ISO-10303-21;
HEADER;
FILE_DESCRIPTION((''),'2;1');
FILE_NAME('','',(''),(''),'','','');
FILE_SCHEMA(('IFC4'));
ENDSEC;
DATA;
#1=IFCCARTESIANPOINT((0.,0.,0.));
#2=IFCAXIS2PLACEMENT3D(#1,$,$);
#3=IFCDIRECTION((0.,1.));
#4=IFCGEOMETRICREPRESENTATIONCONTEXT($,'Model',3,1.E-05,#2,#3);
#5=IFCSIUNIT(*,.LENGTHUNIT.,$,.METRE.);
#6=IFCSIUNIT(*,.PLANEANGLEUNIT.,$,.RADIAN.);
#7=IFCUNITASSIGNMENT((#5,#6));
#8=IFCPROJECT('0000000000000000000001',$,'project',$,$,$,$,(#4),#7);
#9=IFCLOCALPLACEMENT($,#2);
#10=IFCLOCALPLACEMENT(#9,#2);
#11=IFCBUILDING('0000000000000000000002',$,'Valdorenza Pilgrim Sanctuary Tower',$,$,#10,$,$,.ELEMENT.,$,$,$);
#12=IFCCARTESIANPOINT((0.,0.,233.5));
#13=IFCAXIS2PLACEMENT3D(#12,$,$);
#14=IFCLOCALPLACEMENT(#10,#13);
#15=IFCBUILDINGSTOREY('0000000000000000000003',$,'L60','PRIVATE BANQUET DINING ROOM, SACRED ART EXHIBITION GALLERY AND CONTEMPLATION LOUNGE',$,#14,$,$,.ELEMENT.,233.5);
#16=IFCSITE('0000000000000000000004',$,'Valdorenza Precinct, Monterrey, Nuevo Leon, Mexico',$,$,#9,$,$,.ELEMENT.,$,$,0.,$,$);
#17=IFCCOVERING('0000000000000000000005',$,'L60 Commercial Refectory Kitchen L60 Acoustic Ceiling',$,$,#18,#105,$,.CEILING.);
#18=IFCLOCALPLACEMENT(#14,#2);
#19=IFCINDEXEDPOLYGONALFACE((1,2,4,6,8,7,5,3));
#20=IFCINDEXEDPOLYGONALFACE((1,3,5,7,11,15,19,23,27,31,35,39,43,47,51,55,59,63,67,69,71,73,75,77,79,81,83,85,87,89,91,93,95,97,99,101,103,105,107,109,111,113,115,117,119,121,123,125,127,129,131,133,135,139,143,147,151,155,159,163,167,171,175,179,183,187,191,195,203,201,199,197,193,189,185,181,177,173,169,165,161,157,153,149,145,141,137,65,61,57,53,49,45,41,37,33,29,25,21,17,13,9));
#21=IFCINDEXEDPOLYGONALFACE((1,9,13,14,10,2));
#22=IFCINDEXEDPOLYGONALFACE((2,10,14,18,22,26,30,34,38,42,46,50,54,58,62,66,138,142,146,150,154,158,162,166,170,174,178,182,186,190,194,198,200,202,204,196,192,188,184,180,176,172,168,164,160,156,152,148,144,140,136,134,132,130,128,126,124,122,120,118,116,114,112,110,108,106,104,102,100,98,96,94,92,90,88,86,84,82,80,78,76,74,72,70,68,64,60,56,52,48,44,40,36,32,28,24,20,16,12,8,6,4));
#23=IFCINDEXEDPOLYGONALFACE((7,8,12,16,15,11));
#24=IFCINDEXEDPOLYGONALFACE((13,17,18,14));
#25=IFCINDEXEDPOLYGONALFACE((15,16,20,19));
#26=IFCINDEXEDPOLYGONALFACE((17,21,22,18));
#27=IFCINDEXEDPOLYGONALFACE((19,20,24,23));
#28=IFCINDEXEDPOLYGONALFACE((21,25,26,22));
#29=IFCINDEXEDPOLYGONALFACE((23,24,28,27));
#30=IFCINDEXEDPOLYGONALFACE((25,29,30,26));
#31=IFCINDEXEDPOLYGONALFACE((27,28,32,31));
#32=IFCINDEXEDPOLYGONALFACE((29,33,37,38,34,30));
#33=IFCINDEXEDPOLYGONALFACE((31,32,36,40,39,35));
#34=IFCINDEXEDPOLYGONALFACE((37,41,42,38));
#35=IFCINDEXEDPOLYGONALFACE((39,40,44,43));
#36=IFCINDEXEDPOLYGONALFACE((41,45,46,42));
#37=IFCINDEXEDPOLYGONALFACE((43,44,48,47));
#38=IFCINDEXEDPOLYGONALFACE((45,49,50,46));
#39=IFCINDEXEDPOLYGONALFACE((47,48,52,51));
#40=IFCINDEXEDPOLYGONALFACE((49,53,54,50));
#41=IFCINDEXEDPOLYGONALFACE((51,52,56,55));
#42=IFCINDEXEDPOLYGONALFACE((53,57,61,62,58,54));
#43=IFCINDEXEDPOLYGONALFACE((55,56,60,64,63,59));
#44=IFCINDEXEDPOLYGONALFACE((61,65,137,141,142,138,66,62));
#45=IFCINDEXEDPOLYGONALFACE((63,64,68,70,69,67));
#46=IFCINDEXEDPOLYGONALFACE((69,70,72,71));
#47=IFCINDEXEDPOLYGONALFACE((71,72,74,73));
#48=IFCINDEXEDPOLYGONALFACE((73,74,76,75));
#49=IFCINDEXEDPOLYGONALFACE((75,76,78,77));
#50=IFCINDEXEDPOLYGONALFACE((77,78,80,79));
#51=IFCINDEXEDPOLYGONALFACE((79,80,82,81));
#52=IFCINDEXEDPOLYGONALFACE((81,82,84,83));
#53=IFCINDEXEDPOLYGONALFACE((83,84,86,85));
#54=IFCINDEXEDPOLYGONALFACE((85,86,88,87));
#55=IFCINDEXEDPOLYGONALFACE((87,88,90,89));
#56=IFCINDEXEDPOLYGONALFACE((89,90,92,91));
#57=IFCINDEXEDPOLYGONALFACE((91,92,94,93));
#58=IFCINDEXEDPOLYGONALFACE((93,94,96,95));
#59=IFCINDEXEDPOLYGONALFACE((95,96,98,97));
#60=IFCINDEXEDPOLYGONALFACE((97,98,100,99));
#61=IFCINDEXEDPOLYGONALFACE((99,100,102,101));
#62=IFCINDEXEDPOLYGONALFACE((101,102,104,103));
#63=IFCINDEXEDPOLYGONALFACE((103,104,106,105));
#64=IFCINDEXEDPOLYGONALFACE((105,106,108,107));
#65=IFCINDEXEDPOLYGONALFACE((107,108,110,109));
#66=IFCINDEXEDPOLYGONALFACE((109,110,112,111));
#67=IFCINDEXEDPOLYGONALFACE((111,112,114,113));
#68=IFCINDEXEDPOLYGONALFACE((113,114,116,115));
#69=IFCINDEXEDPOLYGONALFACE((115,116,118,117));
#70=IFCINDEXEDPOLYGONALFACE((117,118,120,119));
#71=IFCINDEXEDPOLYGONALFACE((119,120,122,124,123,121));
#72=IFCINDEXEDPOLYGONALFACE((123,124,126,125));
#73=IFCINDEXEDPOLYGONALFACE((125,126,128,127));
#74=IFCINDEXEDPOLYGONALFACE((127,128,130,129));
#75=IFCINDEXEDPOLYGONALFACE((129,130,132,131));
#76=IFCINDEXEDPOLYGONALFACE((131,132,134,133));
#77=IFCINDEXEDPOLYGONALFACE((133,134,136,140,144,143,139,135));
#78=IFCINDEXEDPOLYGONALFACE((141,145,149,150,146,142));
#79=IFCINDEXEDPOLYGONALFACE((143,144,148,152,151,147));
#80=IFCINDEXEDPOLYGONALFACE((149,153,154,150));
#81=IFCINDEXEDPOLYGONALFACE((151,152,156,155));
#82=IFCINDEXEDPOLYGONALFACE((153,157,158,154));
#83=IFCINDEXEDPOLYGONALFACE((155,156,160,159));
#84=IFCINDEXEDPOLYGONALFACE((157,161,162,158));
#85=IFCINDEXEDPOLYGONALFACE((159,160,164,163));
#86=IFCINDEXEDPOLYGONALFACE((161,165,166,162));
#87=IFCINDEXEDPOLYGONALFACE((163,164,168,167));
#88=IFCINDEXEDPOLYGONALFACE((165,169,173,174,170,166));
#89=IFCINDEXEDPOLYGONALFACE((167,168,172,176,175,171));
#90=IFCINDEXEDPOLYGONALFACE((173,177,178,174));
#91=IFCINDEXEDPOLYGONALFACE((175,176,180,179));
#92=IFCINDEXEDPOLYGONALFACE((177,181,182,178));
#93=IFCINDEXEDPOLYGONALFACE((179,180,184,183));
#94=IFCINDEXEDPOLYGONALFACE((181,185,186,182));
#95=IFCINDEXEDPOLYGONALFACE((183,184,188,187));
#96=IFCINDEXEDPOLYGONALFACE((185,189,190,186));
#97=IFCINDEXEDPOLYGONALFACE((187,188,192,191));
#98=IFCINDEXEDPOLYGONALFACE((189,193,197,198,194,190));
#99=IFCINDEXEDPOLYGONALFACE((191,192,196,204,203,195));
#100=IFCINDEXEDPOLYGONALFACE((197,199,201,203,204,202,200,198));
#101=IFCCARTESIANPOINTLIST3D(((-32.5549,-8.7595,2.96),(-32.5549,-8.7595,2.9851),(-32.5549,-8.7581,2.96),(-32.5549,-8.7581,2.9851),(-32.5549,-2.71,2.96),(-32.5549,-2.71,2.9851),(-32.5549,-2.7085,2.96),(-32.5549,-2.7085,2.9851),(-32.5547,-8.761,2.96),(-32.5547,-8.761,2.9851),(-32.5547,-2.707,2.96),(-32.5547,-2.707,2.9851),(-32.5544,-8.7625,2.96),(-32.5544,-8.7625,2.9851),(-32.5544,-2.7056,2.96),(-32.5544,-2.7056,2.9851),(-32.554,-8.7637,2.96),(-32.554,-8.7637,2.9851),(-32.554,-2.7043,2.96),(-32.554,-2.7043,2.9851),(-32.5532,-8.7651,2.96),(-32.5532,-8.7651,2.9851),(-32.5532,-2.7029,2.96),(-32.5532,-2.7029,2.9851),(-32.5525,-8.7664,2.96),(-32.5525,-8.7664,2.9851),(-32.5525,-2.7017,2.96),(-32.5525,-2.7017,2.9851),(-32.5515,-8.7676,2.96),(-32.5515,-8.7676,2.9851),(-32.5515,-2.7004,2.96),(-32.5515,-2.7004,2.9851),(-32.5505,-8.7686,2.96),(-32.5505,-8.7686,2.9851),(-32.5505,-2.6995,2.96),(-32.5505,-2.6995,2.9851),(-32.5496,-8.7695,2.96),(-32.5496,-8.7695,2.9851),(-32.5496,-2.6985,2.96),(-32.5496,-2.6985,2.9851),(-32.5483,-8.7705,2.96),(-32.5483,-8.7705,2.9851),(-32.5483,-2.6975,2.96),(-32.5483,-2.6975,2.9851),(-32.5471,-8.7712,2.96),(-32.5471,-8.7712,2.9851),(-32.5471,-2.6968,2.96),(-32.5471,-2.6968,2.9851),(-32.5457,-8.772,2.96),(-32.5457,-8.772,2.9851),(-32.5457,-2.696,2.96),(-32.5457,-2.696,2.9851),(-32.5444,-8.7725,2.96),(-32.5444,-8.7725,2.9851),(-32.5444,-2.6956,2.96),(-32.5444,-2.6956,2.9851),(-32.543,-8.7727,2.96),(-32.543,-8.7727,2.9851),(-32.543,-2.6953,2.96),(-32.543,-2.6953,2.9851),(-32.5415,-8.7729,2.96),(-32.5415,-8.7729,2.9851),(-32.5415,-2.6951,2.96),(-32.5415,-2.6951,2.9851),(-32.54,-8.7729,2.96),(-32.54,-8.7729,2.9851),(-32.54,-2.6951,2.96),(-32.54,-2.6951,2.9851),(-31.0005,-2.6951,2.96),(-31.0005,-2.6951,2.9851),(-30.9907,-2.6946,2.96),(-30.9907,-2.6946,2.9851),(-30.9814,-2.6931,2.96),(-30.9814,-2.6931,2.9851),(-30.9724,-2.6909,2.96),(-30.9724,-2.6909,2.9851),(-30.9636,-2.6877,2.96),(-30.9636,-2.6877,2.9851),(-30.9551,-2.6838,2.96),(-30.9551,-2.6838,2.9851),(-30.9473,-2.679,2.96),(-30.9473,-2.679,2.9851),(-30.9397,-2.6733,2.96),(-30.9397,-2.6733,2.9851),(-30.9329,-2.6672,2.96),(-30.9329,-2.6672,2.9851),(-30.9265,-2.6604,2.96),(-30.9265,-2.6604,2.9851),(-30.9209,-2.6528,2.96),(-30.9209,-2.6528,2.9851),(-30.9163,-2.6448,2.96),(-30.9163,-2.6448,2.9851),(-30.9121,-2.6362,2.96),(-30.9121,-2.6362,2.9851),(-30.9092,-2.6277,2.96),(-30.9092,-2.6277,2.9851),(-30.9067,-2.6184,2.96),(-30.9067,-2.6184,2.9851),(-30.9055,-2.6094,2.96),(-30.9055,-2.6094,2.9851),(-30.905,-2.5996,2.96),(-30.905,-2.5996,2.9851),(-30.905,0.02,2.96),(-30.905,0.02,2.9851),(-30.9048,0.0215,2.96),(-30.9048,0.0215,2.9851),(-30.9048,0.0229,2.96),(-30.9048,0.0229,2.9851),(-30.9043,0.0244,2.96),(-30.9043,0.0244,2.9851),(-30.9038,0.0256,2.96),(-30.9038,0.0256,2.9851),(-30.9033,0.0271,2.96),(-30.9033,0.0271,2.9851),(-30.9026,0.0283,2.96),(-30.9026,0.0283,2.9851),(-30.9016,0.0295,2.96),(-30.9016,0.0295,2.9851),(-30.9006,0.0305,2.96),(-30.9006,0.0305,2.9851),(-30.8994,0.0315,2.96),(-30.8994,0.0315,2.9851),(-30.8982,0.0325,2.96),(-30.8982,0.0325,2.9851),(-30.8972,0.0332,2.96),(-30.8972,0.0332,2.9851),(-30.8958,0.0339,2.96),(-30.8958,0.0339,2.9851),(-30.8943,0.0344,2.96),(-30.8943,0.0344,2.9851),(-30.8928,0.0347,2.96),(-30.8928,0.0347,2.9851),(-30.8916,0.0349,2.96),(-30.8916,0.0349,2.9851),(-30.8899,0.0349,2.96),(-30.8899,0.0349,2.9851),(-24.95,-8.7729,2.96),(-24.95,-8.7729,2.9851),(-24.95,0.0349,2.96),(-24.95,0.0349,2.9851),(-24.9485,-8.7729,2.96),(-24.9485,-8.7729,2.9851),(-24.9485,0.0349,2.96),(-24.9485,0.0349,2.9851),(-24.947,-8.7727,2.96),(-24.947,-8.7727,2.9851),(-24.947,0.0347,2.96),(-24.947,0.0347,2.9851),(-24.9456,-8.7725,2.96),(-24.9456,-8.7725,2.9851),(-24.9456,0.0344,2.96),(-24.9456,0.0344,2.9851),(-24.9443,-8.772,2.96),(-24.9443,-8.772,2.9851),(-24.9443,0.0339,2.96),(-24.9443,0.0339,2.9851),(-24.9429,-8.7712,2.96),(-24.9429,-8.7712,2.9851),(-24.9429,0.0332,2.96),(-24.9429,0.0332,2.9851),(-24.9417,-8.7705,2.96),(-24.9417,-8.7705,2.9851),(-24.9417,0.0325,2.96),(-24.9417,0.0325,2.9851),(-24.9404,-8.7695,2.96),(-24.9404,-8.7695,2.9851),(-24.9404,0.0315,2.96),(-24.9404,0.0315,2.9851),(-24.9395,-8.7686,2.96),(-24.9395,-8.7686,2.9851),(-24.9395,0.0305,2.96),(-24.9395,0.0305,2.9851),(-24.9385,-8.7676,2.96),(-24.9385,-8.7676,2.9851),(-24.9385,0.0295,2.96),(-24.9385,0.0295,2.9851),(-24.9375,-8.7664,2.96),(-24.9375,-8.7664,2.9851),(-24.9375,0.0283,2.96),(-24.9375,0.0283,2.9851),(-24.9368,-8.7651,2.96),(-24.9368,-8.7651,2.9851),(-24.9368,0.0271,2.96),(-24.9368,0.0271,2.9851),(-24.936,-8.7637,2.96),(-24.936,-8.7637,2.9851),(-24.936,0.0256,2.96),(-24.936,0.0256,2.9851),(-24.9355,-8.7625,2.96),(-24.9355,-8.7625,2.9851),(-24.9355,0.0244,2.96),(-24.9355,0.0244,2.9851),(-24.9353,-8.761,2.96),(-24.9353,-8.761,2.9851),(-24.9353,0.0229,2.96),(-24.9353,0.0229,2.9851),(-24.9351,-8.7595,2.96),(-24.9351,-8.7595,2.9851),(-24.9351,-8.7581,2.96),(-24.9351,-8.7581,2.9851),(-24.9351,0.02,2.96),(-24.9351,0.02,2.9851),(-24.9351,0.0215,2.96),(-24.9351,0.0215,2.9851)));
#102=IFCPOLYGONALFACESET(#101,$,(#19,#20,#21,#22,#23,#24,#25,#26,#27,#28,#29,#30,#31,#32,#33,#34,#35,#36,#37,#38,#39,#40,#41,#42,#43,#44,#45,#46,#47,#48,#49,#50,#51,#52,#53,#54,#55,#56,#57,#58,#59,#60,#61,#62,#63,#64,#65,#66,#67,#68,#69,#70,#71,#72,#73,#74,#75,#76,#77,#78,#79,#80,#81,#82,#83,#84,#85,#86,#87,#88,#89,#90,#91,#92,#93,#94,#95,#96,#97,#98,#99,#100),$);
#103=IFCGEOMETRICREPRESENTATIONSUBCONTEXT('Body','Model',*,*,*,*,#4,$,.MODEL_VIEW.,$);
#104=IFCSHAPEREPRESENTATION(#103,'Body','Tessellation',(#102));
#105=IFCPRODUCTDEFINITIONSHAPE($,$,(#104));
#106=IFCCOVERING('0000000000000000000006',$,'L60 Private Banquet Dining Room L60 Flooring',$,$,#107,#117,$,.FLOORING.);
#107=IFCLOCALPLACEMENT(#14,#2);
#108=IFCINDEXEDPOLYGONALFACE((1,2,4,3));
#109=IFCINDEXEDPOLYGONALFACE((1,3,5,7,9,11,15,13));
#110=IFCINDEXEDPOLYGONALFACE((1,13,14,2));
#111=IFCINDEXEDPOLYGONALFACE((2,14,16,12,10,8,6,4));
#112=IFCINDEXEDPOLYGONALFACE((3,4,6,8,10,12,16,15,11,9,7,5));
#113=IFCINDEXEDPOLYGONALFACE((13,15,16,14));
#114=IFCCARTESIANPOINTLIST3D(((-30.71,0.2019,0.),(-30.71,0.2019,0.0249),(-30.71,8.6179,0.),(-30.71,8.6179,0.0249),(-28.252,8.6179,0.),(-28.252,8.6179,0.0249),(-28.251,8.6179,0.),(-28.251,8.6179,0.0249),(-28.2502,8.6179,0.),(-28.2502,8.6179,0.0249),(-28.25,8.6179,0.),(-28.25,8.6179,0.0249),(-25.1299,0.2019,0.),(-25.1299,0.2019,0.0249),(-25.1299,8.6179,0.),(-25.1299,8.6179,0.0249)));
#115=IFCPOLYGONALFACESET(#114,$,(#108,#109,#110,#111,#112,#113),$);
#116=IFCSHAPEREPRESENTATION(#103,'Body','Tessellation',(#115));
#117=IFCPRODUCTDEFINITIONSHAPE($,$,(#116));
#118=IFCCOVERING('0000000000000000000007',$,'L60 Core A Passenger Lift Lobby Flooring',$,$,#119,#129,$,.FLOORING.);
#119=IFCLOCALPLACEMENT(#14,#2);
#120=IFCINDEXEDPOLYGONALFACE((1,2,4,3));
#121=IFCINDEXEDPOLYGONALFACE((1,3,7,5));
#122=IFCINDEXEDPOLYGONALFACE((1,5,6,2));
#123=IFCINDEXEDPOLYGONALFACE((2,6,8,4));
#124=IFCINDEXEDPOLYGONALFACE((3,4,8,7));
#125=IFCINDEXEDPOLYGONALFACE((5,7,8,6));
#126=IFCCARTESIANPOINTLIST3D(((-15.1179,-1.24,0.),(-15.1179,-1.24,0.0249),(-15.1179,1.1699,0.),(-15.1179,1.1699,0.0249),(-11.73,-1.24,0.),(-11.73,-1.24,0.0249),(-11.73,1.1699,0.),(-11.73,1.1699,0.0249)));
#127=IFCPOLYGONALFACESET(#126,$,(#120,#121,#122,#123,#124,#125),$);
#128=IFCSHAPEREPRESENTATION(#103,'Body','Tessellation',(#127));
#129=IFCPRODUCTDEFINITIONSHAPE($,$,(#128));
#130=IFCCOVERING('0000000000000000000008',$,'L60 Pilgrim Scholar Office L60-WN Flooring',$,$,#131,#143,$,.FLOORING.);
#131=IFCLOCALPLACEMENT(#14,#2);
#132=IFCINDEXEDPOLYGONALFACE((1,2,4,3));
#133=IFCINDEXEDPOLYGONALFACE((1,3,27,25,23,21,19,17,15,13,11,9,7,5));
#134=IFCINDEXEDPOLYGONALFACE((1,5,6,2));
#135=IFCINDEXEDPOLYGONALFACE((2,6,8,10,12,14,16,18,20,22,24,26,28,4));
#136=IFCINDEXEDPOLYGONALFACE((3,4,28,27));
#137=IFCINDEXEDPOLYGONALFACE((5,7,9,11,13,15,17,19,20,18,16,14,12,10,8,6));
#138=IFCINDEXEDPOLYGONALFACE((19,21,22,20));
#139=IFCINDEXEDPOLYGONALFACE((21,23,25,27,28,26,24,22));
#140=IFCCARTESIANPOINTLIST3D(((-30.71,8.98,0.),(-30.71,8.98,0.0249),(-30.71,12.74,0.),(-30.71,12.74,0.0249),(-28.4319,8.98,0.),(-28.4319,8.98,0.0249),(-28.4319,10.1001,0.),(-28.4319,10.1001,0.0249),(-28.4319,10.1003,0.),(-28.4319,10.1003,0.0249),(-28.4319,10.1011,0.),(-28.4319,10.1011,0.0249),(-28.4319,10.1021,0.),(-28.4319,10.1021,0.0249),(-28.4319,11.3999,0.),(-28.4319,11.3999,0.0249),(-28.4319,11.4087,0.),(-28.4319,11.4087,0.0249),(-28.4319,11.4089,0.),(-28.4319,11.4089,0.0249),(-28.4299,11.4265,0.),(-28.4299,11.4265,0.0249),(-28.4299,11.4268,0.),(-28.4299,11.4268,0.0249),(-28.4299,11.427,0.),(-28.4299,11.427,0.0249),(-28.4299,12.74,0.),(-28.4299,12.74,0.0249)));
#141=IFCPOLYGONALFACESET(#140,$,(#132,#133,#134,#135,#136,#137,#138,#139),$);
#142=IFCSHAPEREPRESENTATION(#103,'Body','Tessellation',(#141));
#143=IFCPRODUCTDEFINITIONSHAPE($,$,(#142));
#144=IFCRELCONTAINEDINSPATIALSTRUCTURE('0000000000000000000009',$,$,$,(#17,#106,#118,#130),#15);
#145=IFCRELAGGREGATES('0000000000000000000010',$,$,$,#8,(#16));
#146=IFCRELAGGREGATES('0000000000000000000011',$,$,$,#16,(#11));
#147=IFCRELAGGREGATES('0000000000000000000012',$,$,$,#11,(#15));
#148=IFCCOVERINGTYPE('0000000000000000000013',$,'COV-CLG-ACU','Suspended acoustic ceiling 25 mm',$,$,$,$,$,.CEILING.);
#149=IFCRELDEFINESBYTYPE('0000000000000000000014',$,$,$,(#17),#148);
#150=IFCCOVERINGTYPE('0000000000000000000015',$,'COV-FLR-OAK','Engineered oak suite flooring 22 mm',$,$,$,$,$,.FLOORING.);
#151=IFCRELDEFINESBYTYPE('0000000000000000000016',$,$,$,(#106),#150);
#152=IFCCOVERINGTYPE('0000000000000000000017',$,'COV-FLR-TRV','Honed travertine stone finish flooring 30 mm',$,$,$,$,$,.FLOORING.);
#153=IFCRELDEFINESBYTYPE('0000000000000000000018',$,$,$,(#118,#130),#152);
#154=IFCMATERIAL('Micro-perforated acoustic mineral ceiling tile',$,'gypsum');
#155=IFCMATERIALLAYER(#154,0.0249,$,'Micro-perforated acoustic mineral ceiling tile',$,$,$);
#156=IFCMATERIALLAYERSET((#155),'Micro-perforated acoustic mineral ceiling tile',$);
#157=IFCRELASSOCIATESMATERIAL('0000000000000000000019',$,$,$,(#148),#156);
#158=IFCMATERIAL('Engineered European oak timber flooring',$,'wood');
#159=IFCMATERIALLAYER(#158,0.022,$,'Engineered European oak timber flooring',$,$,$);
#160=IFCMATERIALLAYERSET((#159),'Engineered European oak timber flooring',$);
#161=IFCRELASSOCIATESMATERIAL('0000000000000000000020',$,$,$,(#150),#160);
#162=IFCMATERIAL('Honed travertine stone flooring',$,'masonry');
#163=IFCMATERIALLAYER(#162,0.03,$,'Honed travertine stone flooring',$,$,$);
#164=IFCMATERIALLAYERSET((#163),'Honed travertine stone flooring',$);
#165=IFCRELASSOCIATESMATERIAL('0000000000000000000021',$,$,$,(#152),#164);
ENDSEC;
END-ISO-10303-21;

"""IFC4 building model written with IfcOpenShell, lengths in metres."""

from ifc_helpers import new_model, si_unit, direction, frame, origin, place, context, subcontext, project, spatial, polyline, outline, extrude, material, layer, layer_set, type_object, element, save


model = new_model("IFC4")

# Units and contexts
model_context = context("Model", 3, precision=1e-05, world=origin(), true_north=direction((0.0, 1.0)))
body_context = subcontext(model_context, "Body", "Model", "MODEL_VIEW")
ifc_project = project(units=[si_unit("LENGTHUNIT", "METRE"), si_unit("PLANEANGLEUNIT", "RADIAN")], contexts=[model_context])

# Site, building, storey
site_placement = place(None, origin())
site = spatial("IfcSite", under=ifc_project, at=site_placement, Name="Valdorenza Precinct, Monterrey, Nuevo Leon, Mexico", CompositionType="ELEMENT", RefElevation=0.0)
building_placement = place(site_placement, origin())
building = spatial("IfcBuilding", under=site, at=building_placement, Name="Valdorenza Pilgrim Sanctuary Tower", CompositionType="ELEMENT")
storey_placement = place(building_placement, frame((0.0, 0.0, 233.5)))
storey = spatial("IfcBuildingStorey", under=building, at=storey_placement, Name="L60", Description="PRIVATE BANQUET DINING ROOM, SACRED ART EXHIBITION GALLERY AND CONTEMPLATION LOUNGE", CompositionType="ELEMENT", Elevation=233.5)

# Coverings
ifc_material_1 = material(Name="Micro-perforated acoustic mineral ceiling tile", Category="gypsum")
ifc_layer_1 = layer(ifc_material_1, 0.0249, Name="Micro-perforated acoustic mineral ceiling tile")
ifc_layer_set_1 = layer_set([ifc_layer_1], Name="Micro-perforated acoustic mineral ceiling tile")
covering_type_1 = type_object("IfcCoveringType", Name="COV-CLG-ACU", Description="Suspended acoustic ceiling 25 mm", PredefinedType="CEILING", material=ifc_layer_set_1)
covering_1_placement = place(storey_placement, frame((0.0, 0.0, 2.96)))
element("IfcCovering", 1, at=covering_1_placement, inside=storey, type_object=covering_type_1, Name="L60 Commercial Refectory Kitchen L60 Acoustic Ceiling", PredefinedType="CEILING", context=body_context, shape_type="SweptSolid", body=[
    extrude(outline(polyline([(-24.9351, -8.7581), (-24.9351, -8.7595), (-24.9353, -8.761), (-24.9355, -8.7625), (-24.936, -8.7637), (-24.9368, -8.7651), (-24.9375, -8.7664), (-24.9385, -8.7676), (-24.9395, -8.7686), (-24.9404, -8.7695), (-24.9417, -8.7705), (-24.9429, -8.7712), (-24.9443, -8.772), (-24.9456, -8.7725), (-24.947, -8.7727), (-24.9485, -8.7729), (-24.95, -8.7729), (-32.54, -8.7729), (-32.5415, -8.7729), (-32.543, -8.7727), (-32.5444, -8.7725), (-32.5457, -8.772), (-32.5471, -8.7712), (-32.5483, -8.7705), (-32.5496, -8.7695), (-32.5505, -8.7686), (-32.5515, -8.7676), (-32.5525, -8.7664), (-32.5532, -8.7651), (-32.554, -8.7637), (-32.5544, -8.7625), (-32.5547, -8.761), (-32.5549, -8.7595), (-32.5549, -8.7581), (-32.5549, -2.71), (-32.5549, -2.7085), (-32.5547, -2.707), (-32.5544, -2.7056), (-32.554, -2.7043), (-32.5532, -2.7029), (-32.5525, -2.7017), (-32.5515, -2.7004), (-32.5505, -2.6995), (-32.5496, -2.6985), (-32.5483, -2.6975), (-32.5471, -2.6968), (-32.5457, -2.696), (-32.5444, -2.6956), (-32.543, -2.6953), (-32.5415, -2.6951), (-32.54, -2.6951), (-31.0005, -2.6951), (-30.9907, -2.6946), (-30.9814, -2.6931), (-30.9724, -2.6909), (-30.9636, -2.6877), (-30.9551, -2.6838), (-30.9473, -2.679), (-30.9397, -2.6733), (-30.9329, -2.6672), (-30.9265, -2.6604), (-30.9209, -2.6528), (-30.9163, -2.6448), (-30.9121, -2.6362), (-30.9092, -2.6277), (-30.9067, -2.6184), (-30.9055, -2.6094), (-30.905, -2.5996), (-30.905, 0.02), (-30.9048, 0.0215), (-30.9048, 0.0229), (-30.9043, 0.0244), (-30.9038, 0.0256), (-30.9033, 0.0271), (-30.9026, 0.0283), (-30.9016, 0.0295), (-30.9006, 0.0305), (-30.8994, 0.0315), (-30.8982, 0.0325), (-30.8972, 0.0332), (-30.8958, 0.0339), (-30.8943, 0.0344), (-30.8928, 0.0347), (-30.8916, 0.0349), (-30.8899, 0.0349), (-24.95, 0.0349), (-24.9485, 0.0349), (-24.947, 0.0347), (-24.9456, 0.0344), (-24.9443, 0.0339), (-24.9429, 0.0332), (-24.9417, 0.0325), (-24.9404, 0.0315), (-24.9395, 0.0305), (-24.9385, 0.0295), (-24.9375, 0.0283), (-24.9368, 0.0271), (-24.936, 0.0256), (-24.9355, 0.0244), (-24.9353, 0.0229), (-24.9351, 0.0215), (-24.9351, 0.02), (-24.9351, -8.7581)])), origin(), (0.0, 0.0, 1.0), 0.0251),
])
ifc_material_2 = material(Name="Engineered European oak timber flooring", Category="wood")
ifc_layer_2 = layer(ifc_material_2, 0.022, Name="Engineered European oak timber flooring")
ifc_layer_set_2 = layer_set([ifc_layer_2], Name="Engineered European oak timber flooring")
covering_type_2 = type_object("IfcCoveringType", Name="COV-FLR-OAK", Description="Engineered oak suite flooring 22 mm", PredefinedType="FLOORING", material=ifc_layer_set_2)
covering_2_placement = place(storey_placement, origin())
element("IfcCovering", 2, at=covering_2_placement, inside=storey, type_object=covering_type_2, Name="L60 Private Banquet Dining Room L60 Flooring", PredefinedType="FLOORING", context=body_context, shape_type="SweptSolid", body=[
    extrude(outline(polyline([(-28.2502, 8.6179), (-28.25, 8.6179), (-25.1299, 8.6179), (-25.1299, 0.2019), (-30.71, 0.2019), (-30.71, 8.6179), (-28.252, 8.6179), (-28.251, 8.6179), (-28.2502, 8.6179)])), origin(), (0.0, 0.0, 1.0), 0.0249),
])
ifc_material_3 = material(Name="Honed travertine stone flooring", Category="masonry")
ifc_layer_3 = layer(ifc_material_3, 0.03, Name="Honed travertine stone flooring")
ifc_layer_set_3 = layer_set([ifc_layer_3], Name="Honed travertine stone flooring")
covering_type_3 = type_object("IfcCoveringType", Name="COV-FLR-TRV", Description="Honed travertine stone finish flooring 30 mm", PredefinedType="FLOORING", material=ifc_layer_set_3)
covering_3_placement = place(storey_placement, origin())
element("IfcCovering", 3, at=covering_3_placement, inside=storey, type_object=covering_type_3, Name="L60 Core A Passenger Lift Lobby Flooring", PredefinedType="FLOORING", context=body_context, shape_type="SweptSolid", body=[
    extrude(outline(polyline([(-15.1179, 1.1699), (-11.73, 1.1699), (-11.73, -1.24), (-15.1179, -1.24), (-15.1179, 1.1699)])), origin(), (0.0, 0.0, 1.0), 0.0249),
])
covering_4_placement = place(storey_placement, origin())
element("IfcCovering", 4, at=covering_4_placement, inside=storey, type_object=covering_type_3, Name="L60 Pilgrim Scholar Office L60-WN Flooring", PredefinedType="FLOORING", context=body_context, shape_type="SweptSolid", body=[
    extrude(outline(polyline([(-28.4319, 10.1003), (-28.4319, 10.1001), (-28.4319, 8.98), (-30.71, 8.98), (-30.71, 12.74), (-28.4299, 12.74), (-28.4299, 11.427), (-28.4299, 11.4268), (-28.4299, 11.4265), (-28.4319, 11.4089), (-28.4319, 11.4087), (-28.4319, 11.3999), (-28.4319, 10.1021), (-28.4319, 10.1011), (-28.4319, 10.1003)])), origin(), (0.0, 0.0, 1.0), 0.0249),
])

save(model, "model.ifc")
